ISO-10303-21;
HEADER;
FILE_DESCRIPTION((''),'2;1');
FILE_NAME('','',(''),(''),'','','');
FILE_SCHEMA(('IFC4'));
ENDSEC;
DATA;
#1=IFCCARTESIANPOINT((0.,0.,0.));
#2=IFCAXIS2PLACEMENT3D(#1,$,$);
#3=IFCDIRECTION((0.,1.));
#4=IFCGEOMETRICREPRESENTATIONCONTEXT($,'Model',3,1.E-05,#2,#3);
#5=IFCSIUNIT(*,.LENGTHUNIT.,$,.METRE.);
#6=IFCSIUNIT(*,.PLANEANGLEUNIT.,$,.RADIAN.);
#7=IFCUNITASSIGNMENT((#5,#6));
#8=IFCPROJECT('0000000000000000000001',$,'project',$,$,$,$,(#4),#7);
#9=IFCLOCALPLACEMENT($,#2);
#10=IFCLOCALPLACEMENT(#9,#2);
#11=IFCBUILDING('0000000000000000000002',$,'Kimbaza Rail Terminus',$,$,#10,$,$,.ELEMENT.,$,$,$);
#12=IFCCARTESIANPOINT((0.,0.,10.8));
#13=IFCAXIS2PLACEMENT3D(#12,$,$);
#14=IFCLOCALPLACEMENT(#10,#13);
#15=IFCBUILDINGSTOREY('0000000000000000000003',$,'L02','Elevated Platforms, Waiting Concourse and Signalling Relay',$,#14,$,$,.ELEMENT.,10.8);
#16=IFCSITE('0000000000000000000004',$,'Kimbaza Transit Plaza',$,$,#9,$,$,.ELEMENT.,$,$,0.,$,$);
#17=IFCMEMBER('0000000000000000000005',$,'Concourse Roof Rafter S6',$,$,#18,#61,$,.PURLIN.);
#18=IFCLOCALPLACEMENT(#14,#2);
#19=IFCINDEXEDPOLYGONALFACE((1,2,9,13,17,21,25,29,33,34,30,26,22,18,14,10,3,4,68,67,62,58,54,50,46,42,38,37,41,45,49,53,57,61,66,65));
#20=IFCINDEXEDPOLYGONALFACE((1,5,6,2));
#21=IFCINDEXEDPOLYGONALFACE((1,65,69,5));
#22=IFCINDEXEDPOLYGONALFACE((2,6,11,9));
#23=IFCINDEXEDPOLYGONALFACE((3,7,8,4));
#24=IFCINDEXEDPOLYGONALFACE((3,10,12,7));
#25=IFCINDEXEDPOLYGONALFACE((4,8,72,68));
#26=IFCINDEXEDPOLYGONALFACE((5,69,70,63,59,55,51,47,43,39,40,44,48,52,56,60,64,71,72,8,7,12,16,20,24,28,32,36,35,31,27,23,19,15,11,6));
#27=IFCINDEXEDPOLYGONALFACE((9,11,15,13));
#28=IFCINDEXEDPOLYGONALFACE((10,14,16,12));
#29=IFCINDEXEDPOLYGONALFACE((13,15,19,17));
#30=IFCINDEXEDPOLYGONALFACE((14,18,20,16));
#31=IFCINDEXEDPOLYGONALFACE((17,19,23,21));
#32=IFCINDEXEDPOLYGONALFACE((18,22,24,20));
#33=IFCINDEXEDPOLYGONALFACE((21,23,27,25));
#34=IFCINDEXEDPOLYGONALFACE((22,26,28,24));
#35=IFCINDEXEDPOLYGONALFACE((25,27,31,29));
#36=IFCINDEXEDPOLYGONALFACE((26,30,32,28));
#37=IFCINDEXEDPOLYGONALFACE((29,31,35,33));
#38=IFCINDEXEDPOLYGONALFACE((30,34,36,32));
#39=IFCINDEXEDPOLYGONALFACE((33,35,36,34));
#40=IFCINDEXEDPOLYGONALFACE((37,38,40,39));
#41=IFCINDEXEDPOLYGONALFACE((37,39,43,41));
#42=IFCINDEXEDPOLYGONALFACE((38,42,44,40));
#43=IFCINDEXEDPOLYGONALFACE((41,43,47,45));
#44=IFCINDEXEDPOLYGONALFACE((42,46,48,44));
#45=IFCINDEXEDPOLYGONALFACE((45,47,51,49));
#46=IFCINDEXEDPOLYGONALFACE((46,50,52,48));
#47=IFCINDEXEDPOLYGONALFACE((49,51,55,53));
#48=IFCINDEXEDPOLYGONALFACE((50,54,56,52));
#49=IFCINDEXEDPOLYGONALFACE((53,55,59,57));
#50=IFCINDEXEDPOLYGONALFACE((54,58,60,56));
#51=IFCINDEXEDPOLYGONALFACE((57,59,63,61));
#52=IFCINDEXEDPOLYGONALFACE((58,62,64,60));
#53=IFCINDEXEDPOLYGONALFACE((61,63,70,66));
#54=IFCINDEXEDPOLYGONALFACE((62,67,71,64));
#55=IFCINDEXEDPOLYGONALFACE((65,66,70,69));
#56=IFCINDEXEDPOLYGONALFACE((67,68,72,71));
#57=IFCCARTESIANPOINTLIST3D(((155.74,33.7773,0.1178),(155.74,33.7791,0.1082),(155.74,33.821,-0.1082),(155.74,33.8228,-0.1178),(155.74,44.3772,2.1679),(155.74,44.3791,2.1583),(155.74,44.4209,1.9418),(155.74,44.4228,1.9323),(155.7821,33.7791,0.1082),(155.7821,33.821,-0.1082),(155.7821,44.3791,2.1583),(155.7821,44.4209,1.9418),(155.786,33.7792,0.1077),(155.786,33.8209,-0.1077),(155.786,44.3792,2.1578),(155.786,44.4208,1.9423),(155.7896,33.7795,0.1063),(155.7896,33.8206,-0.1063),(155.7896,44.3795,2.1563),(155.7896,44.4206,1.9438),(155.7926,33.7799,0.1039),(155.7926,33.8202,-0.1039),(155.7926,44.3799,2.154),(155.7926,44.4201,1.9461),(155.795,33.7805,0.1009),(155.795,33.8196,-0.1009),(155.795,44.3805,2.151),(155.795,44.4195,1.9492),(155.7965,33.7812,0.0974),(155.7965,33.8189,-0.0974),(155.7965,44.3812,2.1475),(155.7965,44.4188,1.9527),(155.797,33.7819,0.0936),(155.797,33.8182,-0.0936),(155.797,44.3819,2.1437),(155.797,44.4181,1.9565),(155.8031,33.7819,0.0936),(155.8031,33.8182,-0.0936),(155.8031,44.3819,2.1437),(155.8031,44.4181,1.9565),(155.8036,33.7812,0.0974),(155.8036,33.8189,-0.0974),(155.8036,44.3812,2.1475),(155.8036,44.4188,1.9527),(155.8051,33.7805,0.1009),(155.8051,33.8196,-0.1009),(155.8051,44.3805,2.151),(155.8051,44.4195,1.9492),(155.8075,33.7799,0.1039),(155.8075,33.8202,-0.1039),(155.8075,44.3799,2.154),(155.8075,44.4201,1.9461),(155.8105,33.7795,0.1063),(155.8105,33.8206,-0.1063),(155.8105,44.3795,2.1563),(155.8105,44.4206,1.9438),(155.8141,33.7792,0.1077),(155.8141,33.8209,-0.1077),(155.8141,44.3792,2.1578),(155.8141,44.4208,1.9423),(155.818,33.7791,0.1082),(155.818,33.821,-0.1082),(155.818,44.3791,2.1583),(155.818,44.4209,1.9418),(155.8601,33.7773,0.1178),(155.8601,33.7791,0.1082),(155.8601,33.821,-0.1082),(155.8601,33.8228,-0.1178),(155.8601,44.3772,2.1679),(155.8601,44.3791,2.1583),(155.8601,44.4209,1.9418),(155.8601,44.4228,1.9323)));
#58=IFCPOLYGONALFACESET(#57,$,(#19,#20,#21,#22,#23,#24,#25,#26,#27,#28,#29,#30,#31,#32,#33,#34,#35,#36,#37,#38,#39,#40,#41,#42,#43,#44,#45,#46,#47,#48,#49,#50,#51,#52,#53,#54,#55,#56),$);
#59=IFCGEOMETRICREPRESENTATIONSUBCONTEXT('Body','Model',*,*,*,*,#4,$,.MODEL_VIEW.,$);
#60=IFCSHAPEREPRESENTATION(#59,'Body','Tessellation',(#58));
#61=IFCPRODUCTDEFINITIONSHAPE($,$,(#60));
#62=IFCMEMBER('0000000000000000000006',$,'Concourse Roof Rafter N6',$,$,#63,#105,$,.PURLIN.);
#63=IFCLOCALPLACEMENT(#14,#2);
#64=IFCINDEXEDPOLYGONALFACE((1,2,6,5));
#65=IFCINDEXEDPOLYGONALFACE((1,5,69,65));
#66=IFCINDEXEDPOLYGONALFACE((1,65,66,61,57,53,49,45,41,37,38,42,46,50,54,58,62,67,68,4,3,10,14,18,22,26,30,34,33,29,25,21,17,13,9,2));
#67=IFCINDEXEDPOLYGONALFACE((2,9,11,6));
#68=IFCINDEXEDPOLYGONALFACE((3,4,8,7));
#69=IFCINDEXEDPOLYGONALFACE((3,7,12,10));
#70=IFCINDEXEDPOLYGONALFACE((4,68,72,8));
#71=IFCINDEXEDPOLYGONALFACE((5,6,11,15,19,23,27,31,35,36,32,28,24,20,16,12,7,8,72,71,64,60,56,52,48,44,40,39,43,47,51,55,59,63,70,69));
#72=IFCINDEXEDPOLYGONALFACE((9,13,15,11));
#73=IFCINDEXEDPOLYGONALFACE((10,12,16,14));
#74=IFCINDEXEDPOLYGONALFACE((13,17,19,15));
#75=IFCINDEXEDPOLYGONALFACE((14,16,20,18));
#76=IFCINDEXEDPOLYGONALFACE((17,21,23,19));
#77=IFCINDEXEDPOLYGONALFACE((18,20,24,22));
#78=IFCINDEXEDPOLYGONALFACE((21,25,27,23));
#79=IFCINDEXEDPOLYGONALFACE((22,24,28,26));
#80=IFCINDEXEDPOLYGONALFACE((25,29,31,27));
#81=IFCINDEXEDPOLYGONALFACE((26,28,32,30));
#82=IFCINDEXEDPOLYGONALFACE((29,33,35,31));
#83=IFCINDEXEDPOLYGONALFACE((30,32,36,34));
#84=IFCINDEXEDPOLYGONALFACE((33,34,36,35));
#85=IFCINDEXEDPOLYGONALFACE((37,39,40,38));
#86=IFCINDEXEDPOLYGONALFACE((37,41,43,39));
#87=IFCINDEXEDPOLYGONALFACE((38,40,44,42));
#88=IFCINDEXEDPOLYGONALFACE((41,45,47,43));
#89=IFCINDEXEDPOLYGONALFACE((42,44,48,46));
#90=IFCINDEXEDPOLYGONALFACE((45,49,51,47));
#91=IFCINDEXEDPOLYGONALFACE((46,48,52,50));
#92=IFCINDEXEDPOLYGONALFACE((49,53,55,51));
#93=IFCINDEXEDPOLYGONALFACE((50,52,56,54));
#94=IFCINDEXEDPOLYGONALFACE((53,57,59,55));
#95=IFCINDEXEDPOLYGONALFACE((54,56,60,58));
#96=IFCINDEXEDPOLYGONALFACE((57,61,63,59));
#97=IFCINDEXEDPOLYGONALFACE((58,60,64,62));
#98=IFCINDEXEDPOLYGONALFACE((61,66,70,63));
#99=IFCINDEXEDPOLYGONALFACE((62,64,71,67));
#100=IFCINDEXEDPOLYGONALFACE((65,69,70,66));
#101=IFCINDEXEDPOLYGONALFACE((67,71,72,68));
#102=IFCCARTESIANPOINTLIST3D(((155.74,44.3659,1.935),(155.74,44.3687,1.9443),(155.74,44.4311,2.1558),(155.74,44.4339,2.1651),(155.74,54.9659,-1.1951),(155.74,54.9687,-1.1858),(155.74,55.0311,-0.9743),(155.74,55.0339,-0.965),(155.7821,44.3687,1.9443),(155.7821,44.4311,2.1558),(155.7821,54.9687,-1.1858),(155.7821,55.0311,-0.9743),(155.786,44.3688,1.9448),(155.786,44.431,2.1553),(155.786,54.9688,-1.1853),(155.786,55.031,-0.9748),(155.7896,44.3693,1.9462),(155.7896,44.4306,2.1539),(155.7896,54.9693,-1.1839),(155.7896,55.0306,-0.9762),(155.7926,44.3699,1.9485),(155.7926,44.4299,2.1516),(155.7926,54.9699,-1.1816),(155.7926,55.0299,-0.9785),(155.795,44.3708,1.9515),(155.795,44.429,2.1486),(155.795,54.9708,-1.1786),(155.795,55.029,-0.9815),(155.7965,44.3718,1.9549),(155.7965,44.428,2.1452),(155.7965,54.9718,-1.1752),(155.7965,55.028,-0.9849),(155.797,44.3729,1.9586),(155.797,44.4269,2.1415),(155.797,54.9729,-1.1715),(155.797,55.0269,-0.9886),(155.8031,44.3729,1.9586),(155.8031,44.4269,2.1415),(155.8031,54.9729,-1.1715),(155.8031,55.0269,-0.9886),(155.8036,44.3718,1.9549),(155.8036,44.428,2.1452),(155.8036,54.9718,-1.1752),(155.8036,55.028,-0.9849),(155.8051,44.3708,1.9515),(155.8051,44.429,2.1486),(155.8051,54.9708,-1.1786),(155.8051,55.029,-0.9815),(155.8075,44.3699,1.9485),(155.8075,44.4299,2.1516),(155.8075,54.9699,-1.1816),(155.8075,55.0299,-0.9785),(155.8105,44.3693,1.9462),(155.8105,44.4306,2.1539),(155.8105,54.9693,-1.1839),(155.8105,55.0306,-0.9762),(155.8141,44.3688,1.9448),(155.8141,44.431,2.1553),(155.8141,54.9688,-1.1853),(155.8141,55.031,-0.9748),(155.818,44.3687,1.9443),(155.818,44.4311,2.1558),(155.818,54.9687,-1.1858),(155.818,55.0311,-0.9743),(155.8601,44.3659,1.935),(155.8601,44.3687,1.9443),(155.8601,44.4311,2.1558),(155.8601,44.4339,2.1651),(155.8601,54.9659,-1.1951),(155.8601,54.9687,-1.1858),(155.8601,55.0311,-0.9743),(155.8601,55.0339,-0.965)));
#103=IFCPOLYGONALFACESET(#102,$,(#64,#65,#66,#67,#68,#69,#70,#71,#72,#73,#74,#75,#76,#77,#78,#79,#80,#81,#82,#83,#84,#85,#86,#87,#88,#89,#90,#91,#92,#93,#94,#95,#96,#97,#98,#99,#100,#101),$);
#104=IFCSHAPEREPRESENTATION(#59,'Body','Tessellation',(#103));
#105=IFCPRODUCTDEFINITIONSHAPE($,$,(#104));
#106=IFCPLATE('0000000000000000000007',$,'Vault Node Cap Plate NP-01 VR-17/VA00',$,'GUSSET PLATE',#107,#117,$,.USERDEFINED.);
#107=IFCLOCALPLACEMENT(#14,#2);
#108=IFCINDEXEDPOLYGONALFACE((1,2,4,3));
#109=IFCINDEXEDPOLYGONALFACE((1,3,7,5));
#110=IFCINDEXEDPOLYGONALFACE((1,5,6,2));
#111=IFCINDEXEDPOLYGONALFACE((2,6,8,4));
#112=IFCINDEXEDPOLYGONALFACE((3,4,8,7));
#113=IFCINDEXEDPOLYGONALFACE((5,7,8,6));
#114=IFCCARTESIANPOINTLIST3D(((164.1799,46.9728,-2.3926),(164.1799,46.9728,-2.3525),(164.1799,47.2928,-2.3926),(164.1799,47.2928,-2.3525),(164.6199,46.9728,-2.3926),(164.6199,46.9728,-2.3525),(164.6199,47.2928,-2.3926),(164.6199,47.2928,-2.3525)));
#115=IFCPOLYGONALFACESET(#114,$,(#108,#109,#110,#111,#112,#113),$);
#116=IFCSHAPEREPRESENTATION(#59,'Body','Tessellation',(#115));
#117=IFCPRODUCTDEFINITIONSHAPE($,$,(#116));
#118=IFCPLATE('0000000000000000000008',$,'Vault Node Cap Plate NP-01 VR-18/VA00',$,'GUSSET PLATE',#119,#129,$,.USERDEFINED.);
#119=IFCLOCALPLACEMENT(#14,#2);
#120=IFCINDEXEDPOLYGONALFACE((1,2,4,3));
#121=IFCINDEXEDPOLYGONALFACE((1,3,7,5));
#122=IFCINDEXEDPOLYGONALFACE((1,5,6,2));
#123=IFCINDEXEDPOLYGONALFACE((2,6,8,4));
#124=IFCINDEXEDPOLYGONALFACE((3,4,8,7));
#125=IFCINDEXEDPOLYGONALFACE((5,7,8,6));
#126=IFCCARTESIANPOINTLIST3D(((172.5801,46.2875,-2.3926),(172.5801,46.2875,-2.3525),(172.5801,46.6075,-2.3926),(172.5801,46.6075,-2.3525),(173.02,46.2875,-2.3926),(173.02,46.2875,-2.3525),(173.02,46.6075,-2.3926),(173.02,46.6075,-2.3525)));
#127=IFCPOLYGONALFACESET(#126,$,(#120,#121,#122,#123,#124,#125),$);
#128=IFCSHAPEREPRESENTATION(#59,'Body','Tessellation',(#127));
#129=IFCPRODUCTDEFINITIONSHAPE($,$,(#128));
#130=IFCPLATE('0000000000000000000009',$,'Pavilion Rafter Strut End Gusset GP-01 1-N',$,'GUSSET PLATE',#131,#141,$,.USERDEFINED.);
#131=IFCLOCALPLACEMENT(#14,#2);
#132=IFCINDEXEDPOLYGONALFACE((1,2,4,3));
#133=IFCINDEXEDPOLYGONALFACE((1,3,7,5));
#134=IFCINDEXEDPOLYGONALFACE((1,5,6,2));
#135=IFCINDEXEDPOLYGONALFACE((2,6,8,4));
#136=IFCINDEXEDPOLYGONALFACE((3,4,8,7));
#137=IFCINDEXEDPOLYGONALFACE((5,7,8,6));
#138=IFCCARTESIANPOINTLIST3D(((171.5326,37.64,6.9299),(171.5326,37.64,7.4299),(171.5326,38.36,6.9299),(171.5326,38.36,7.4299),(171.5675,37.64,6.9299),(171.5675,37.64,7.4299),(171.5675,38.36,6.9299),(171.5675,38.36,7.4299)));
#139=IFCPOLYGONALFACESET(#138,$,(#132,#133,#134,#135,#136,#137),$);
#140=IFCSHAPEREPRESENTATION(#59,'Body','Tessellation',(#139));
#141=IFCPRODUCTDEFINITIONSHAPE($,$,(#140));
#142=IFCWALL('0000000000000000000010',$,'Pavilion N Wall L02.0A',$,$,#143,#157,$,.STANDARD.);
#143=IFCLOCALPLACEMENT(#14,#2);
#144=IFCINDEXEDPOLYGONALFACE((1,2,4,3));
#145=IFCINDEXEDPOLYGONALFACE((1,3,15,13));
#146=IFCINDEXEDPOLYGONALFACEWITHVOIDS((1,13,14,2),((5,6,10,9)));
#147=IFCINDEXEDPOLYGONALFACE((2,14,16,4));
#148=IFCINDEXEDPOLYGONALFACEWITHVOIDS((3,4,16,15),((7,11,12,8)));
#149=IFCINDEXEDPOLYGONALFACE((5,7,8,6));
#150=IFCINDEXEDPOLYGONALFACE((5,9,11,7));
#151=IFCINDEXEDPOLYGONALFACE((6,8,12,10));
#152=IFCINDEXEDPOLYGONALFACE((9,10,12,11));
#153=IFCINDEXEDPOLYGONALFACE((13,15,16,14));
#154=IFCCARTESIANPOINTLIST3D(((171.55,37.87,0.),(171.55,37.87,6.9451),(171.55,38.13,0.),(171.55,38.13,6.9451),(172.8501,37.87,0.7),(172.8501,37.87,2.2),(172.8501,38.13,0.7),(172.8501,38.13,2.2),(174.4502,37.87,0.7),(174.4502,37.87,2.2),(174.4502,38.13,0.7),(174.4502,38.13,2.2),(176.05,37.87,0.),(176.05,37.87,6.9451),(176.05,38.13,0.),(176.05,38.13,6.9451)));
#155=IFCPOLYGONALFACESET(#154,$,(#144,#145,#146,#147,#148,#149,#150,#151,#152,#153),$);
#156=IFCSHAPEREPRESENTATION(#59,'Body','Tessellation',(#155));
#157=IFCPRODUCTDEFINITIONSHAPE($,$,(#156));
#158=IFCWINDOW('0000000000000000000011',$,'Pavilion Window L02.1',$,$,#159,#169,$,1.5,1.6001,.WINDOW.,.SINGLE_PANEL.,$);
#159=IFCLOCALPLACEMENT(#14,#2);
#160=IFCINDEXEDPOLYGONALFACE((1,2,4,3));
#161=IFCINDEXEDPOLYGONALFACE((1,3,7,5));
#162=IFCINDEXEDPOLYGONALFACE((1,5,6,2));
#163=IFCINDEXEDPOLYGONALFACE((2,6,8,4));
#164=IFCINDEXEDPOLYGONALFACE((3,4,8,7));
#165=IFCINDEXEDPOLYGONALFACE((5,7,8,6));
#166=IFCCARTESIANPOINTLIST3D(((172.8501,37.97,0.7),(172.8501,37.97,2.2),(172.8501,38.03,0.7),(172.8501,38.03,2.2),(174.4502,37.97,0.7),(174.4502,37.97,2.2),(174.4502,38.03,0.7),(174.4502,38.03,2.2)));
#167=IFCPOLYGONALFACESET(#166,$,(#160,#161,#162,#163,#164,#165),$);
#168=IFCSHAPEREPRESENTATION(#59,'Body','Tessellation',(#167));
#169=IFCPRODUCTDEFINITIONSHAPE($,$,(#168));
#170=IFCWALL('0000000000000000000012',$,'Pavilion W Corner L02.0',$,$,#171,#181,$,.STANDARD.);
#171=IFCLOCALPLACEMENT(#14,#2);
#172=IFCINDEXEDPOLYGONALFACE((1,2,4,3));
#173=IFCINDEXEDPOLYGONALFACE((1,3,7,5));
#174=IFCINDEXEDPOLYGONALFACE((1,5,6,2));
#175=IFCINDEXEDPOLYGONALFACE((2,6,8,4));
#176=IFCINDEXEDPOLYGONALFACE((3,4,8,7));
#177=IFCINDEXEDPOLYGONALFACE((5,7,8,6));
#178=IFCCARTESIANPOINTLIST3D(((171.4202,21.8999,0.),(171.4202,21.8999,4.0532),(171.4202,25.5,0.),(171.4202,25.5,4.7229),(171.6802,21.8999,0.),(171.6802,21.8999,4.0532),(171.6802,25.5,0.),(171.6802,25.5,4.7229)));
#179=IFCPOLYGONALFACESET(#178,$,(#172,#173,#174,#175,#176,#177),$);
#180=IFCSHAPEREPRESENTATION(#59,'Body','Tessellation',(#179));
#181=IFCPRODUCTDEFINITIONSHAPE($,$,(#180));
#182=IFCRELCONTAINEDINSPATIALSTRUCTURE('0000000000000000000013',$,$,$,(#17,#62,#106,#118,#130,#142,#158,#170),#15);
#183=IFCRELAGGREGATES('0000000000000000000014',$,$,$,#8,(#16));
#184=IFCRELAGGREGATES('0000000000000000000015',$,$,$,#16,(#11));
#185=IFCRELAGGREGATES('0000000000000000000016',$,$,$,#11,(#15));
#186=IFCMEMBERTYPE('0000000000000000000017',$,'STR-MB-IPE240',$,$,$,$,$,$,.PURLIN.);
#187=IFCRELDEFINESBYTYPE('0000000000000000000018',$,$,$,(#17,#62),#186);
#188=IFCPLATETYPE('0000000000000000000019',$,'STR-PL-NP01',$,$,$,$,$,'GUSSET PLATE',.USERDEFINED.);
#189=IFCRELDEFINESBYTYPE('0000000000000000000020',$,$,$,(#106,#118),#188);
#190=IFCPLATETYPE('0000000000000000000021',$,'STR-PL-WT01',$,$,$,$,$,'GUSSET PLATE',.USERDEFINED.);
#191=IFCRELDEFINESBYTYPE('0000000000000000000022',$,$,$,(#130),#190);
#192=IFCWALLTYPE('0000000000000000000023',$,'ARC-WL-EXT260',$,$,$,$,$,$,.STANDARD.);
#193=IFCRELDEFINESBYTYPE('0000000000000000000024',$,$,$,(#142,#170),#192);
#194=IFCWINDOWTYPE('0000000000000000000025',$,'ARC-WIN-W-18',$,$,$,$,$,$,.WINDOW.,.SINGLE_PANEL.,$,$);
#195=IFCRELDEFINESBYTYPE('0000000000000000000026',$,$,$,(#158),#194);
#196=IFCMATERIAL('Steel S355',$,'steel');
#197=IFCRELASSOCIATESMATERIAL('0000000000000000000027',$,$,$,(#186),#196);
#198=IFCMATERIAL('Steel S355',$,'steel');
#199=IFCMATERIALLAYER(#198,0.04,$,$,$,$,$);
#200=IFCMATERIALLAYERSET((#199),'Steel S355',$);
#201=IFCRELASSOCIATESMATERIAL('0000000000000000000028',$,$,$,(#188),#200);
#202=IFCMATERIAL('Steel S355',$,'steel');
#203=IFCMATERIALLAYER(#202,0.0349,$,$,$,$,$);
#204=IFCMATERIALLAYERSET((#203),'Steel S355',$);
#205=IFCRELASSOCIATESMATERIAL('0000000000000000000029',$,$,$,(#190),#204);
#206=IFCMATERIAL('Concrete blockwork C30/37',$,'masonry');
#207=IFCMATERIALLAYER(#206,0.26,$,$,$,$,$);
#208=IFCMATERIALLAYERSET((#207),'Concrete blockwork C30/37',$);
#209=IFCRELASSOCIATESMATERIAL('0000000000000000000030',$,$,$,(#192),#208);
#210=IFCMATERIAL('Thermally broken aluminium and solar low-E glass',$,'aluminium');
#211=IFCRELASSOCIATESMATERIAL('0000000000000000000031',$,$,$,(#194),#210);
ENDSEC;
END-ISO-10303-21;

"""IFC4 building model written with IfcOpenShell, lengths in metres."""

from ifc_helpers import new_model, si_unit, direction, frame, frame_2d, origin, origin_2d, place, context, subcontext, project, spatial, polyline, rectangle, i_section, outline, extrude, material, layer, layer_set, material_profile, profile_set, type_object, element, fill, save


model = new_model("IFC4")

# Units and contexts
model_context = context("Model", 3, precision=1e-05, world=origin(), true_north=direction((0.0, 1.0)))
body_context = subcontext(model_context, "Body", "Model", "MODEL_VIEW")
ifc_project = project(units=[si_unit("LENGTHUNIT", "METRE"), si_unit("PLANEANGLEUNIT", "RADIAN")], contexts=[model_context])

# Site, building, storey
site_placement = place(None, origin())
site = spatial("IfcSite", under=ifc_project, at=site_placement, Name="Kimbaza Transit Plaza", CompositionType="ELEMENT", RefElevation=0.0)
building_placement = place(site_placement, origin())
building = spatial("IfcBuilding", under=site, at=building_placement, Name="Kimbaza Rail Terminus", CompositionType="ELEMENT")
storey_placement = place(building_placement, frame((0.0, 0.0, 10.8)))
storey = spatial("IfcBuildingStorey", under=building, at=storey_placement, Name="L02", Description="Elevated Platforms, Waiting Concourse and Signalling Relay", CompositionType="ELEMENT", Elevation=10.8)

# Members
ifc_material_1 = material(Name="Steel S355", Category="steel")
ifc_material_profile_1 = material_profile(ifc_material_1, i_section(OverallWidth=0.1201, OverallDepth=0.24, WebThickness=0.0061, FlangeThickness=0.0098, FilletRadius=0.0149, at=origin_2d()), Name="IPE 240")
ifc_profile_set_1 = profile_set([ifc_material_profile_1], Name="Steel S355")
member_type_1 = type_object("IfcMemberType", Name="STR-MB-IPE240", PredefinedType="PURLIN", material=ifc_profile_set_1)
member_1_placement = place(storey_placement, frame((155.8, 33.8, 0.0), z_axis=(0.0, 0.981806, 0.189885), x_axis=(-1.0, 0.0, 0.0)))
element("IfcMember", 1, at=member_1_placement, inside=storey, type_object=member_type_1, Name="Concourse Roof Rafter S6", PredefinedType="PURLIN", context=body_context, shape_type="SweptSolid", body=[
    extrude(i_section(OverallWidth=0.1201, OverallDepth=0.24, WebThickness=0.0061, FlangeThickness=0.0098, FilletRadius=0.0149, at=origin_2d()), origin(), (0.0, 0.0, 1.0), 10.7964),
])
member_2_placement = place(storey_placement, frame((155.8, 44.3999, 2.05), z_axis=(0.0, 0.95906, -0.283203), x_axis=(-1.0, 0.0, 0.0)))
element("IfcMember", 2, at=member_2_placement, inside=storey, type_object=member_type_1, Name="Concourse Roof Rafter N6", PredefinedType="PURLIN", context=body_context, shape_type="SweptSolid", body=[
    extrude(i_section(OverallWidth=0.1201, OverallDepth=0.24, WebThickness=0.0061, FlangeThickness=0.0098, FilletRadius=0.0149, at=origin_2d()), origin(), (0.0, 0.0, 1.0), 11.0525),
])

# Plates
ifc_material_2 = material(Name="Steel S355", Category="steel")
ifc_layer_1 = layer(ifc_material_2, 0.04)
ifc_layer_set_1 = layer_set([ifc_layer_1], Name="Steel S355")
plate_type_1 = type_object("IfcPlateType", Name="STR-PL-NP01", ElementType="GUSSET PLATE", PredefinedType="USERDEFINED", material=ifc_layer_set_1)
for number, where, z_axis, x_axis, name in (
    (3, (164.3999, 47.1328, -2.3926), (0.0, 0.0, 1.0), (1.0, 0.0, 0.0), "Vault Node Cap Plate NP-01 VR-17/VA00"),
    (4, (172.8, 46.4475, -2.3926), (0.0, 0.0, 1.0), (1.0, 0.0, 0.0), "Vault Node Cap Plate NP-01 VR-18/VA00"),
):
    element("IfcPlate", number, at=place(storey_placement, frame(where, z_axis=z_axis, x_axis=x_axis)), inside=storey, type_object=plate_type_1, Name=name, ObjectType="GUSSET PLATE", PredefinedType="USERDEFINED", context=body_context, shape_type="SweptSolid", body=[
        extrude(rectangle(XDim=0.4399, YDim=0.3201, at=origin_2d()), origin(), (0.0, 0.0, 1.0), 0.04),
    ])
ifc_material_3 = material(Name="Steel S355", Category="steel")
ifc_layer_2 = layer(ifc_material_3, 0.0349)
ifc_layer_set_2 = layer_set([ifc_layer_2], Name="Steel S355")
plate_type_2 = type_object("IfcPlateType", Name="STR-PL-WT01", ElementType="GUSSET PLATE", PredefinedType="USERDEFINED", material=ifc_layer_set_2)
plate_placement = place(storey_placement, frame((171.55, 38.0, 6.9299), z_axis=(0.0, 0.0, 1.0), x_axis=(1.0, 0.0, 0.0)))
element("IfcPlate", 5, at=plate_placement, inside=storey, type_object=plate_type_2, Name="Pavilion Rafter Strut End Gusset GP-01 1-N", ObjectType="GUSSET PLATE", PredefinedType="USERDEFINED", context=body_context, shape_type="SweptSolid", body=[
    extrude(rectangle(XDim=0.0349, YDim=0.72, at=origin_2d()), origin(), (0.0, 0.0, 1.0), 0.5),
])

# Wall, opening, window
ifc_material_4 = material(Name="Concrete blockwork C30/37", Category="masonry")
ifc_layer_3 = layer(ifc_material_4, 0.26)
ifc_layer_set_3 = layer_set([ifc_layer_3], Name="Concrete blockwork C30/37")
wall_type_1 = type_object("IfcWallType", Name="ARC-WL-EXT260", PredefinedType="STANDARD", material=ifc_layer_set_3)
wall_1_placement = place(storey_placement, frame((171.55, 38.0, 0.0), z_axis=(0.0, 0.0, 1.0), x_axis=(1.0, 0.0, 0.0)))
wall_1 = element("IfcWall", 6, at=wall_1_placement, inside=storey, type_object=wall_type_1, Name="Pavilion N Wall L02.0A", PredefinedType="STANDARD", context=body_context, shape_type="SweptSolid", body=[
    extrude(rectangle(XDim=4.5, YDim=0.26, at=frame_2d((2.25, 0.0))), origin(), (0.0, 0.0, 1.0), 6.9451),
])
opening_1_placement = place(wall_1_placement, frame((1.3, 0.0, 0.7)))
opening_1 = element("IfcOpeningElement", 7, at=opening_1_placement, cuts=wall_1, PredefinedType="OPENING", context=body_context, shape_type="SweptSolid", body=[
    extrude(rectangle(XDim=1.6001, YDim=1.5, at=frame_2d((0.8, 0.75))), frame((0.0, 0.1399, 0.0), z_axis=(0.0, -1.0, 0.0), x_axis=(1.0, 0.0, 0.0)), (0.0, 0.0, 1.0), 0.28),
])
ifc_material_5 = material(Name="Thermally broken aluminium and solar low-E glass", Category="aluminium")
window_type = type_object("IfcWindowType", Name="ARC-WIN-W-18", PartitioningType="SINGLE_PANEL", PredefinedType="WINDOW", material=ifc_material_5)
window_1_placement = place(opening_1_placement, origin())
window_1 = element("IfcWindow", 8, at=window_1_placement, inside=storey, type_object=window_type, Name="Pavilion Window L02.1", OverallHeight=1.5, OverallWidth=1.6001, PartitioningType="SINGLE_PANEL", PredefinedType="WINDOW", context=body_context, shape_type="SweptSolid", body=[
    extrude(rectangle(XDim=1.6001, YDim=1.5, at=frame_2d((0.8, 0.75))), frame((0.0, 0.03, 0.0), z_axis=(0.0, -1.0, 0.0), x_axis=(1.0, 0.0, 0.0)), (0.0, 0.0, 1.0), 0.0601),
])
fill(opening_1, window_1)

# Wall
wall_2_placement = place(storey_placement, frame((171.55, 21.8999, 0.0), z_axis=(0.0, 0.0, 1.0), x_axis=(0.0, 1.0, 0.0)))
element("IfcWall", 9, at=wall_2_placement, inside=storey, type_object=wall_type_1, Name="Pavilion W Corner L02.0", PredefinedType="STANDARD", context=body_context, shape_type="SweptSolid", body=[
    extrude(outline(polyline([(0.0, 0.0), (3.6001, 0.0), (3.6001, 4.7229), (0.0, 4.0532), (0.0, 0.0)])), frame((0.0, 0.1299, 0.0), z_axis=(0.0, -1.0, 0.0), x_axis=(1.0, 0.0, 0.0)), (0.0, 0.0, 1.0), 0.26),
])

save(model, "model.ifc")
